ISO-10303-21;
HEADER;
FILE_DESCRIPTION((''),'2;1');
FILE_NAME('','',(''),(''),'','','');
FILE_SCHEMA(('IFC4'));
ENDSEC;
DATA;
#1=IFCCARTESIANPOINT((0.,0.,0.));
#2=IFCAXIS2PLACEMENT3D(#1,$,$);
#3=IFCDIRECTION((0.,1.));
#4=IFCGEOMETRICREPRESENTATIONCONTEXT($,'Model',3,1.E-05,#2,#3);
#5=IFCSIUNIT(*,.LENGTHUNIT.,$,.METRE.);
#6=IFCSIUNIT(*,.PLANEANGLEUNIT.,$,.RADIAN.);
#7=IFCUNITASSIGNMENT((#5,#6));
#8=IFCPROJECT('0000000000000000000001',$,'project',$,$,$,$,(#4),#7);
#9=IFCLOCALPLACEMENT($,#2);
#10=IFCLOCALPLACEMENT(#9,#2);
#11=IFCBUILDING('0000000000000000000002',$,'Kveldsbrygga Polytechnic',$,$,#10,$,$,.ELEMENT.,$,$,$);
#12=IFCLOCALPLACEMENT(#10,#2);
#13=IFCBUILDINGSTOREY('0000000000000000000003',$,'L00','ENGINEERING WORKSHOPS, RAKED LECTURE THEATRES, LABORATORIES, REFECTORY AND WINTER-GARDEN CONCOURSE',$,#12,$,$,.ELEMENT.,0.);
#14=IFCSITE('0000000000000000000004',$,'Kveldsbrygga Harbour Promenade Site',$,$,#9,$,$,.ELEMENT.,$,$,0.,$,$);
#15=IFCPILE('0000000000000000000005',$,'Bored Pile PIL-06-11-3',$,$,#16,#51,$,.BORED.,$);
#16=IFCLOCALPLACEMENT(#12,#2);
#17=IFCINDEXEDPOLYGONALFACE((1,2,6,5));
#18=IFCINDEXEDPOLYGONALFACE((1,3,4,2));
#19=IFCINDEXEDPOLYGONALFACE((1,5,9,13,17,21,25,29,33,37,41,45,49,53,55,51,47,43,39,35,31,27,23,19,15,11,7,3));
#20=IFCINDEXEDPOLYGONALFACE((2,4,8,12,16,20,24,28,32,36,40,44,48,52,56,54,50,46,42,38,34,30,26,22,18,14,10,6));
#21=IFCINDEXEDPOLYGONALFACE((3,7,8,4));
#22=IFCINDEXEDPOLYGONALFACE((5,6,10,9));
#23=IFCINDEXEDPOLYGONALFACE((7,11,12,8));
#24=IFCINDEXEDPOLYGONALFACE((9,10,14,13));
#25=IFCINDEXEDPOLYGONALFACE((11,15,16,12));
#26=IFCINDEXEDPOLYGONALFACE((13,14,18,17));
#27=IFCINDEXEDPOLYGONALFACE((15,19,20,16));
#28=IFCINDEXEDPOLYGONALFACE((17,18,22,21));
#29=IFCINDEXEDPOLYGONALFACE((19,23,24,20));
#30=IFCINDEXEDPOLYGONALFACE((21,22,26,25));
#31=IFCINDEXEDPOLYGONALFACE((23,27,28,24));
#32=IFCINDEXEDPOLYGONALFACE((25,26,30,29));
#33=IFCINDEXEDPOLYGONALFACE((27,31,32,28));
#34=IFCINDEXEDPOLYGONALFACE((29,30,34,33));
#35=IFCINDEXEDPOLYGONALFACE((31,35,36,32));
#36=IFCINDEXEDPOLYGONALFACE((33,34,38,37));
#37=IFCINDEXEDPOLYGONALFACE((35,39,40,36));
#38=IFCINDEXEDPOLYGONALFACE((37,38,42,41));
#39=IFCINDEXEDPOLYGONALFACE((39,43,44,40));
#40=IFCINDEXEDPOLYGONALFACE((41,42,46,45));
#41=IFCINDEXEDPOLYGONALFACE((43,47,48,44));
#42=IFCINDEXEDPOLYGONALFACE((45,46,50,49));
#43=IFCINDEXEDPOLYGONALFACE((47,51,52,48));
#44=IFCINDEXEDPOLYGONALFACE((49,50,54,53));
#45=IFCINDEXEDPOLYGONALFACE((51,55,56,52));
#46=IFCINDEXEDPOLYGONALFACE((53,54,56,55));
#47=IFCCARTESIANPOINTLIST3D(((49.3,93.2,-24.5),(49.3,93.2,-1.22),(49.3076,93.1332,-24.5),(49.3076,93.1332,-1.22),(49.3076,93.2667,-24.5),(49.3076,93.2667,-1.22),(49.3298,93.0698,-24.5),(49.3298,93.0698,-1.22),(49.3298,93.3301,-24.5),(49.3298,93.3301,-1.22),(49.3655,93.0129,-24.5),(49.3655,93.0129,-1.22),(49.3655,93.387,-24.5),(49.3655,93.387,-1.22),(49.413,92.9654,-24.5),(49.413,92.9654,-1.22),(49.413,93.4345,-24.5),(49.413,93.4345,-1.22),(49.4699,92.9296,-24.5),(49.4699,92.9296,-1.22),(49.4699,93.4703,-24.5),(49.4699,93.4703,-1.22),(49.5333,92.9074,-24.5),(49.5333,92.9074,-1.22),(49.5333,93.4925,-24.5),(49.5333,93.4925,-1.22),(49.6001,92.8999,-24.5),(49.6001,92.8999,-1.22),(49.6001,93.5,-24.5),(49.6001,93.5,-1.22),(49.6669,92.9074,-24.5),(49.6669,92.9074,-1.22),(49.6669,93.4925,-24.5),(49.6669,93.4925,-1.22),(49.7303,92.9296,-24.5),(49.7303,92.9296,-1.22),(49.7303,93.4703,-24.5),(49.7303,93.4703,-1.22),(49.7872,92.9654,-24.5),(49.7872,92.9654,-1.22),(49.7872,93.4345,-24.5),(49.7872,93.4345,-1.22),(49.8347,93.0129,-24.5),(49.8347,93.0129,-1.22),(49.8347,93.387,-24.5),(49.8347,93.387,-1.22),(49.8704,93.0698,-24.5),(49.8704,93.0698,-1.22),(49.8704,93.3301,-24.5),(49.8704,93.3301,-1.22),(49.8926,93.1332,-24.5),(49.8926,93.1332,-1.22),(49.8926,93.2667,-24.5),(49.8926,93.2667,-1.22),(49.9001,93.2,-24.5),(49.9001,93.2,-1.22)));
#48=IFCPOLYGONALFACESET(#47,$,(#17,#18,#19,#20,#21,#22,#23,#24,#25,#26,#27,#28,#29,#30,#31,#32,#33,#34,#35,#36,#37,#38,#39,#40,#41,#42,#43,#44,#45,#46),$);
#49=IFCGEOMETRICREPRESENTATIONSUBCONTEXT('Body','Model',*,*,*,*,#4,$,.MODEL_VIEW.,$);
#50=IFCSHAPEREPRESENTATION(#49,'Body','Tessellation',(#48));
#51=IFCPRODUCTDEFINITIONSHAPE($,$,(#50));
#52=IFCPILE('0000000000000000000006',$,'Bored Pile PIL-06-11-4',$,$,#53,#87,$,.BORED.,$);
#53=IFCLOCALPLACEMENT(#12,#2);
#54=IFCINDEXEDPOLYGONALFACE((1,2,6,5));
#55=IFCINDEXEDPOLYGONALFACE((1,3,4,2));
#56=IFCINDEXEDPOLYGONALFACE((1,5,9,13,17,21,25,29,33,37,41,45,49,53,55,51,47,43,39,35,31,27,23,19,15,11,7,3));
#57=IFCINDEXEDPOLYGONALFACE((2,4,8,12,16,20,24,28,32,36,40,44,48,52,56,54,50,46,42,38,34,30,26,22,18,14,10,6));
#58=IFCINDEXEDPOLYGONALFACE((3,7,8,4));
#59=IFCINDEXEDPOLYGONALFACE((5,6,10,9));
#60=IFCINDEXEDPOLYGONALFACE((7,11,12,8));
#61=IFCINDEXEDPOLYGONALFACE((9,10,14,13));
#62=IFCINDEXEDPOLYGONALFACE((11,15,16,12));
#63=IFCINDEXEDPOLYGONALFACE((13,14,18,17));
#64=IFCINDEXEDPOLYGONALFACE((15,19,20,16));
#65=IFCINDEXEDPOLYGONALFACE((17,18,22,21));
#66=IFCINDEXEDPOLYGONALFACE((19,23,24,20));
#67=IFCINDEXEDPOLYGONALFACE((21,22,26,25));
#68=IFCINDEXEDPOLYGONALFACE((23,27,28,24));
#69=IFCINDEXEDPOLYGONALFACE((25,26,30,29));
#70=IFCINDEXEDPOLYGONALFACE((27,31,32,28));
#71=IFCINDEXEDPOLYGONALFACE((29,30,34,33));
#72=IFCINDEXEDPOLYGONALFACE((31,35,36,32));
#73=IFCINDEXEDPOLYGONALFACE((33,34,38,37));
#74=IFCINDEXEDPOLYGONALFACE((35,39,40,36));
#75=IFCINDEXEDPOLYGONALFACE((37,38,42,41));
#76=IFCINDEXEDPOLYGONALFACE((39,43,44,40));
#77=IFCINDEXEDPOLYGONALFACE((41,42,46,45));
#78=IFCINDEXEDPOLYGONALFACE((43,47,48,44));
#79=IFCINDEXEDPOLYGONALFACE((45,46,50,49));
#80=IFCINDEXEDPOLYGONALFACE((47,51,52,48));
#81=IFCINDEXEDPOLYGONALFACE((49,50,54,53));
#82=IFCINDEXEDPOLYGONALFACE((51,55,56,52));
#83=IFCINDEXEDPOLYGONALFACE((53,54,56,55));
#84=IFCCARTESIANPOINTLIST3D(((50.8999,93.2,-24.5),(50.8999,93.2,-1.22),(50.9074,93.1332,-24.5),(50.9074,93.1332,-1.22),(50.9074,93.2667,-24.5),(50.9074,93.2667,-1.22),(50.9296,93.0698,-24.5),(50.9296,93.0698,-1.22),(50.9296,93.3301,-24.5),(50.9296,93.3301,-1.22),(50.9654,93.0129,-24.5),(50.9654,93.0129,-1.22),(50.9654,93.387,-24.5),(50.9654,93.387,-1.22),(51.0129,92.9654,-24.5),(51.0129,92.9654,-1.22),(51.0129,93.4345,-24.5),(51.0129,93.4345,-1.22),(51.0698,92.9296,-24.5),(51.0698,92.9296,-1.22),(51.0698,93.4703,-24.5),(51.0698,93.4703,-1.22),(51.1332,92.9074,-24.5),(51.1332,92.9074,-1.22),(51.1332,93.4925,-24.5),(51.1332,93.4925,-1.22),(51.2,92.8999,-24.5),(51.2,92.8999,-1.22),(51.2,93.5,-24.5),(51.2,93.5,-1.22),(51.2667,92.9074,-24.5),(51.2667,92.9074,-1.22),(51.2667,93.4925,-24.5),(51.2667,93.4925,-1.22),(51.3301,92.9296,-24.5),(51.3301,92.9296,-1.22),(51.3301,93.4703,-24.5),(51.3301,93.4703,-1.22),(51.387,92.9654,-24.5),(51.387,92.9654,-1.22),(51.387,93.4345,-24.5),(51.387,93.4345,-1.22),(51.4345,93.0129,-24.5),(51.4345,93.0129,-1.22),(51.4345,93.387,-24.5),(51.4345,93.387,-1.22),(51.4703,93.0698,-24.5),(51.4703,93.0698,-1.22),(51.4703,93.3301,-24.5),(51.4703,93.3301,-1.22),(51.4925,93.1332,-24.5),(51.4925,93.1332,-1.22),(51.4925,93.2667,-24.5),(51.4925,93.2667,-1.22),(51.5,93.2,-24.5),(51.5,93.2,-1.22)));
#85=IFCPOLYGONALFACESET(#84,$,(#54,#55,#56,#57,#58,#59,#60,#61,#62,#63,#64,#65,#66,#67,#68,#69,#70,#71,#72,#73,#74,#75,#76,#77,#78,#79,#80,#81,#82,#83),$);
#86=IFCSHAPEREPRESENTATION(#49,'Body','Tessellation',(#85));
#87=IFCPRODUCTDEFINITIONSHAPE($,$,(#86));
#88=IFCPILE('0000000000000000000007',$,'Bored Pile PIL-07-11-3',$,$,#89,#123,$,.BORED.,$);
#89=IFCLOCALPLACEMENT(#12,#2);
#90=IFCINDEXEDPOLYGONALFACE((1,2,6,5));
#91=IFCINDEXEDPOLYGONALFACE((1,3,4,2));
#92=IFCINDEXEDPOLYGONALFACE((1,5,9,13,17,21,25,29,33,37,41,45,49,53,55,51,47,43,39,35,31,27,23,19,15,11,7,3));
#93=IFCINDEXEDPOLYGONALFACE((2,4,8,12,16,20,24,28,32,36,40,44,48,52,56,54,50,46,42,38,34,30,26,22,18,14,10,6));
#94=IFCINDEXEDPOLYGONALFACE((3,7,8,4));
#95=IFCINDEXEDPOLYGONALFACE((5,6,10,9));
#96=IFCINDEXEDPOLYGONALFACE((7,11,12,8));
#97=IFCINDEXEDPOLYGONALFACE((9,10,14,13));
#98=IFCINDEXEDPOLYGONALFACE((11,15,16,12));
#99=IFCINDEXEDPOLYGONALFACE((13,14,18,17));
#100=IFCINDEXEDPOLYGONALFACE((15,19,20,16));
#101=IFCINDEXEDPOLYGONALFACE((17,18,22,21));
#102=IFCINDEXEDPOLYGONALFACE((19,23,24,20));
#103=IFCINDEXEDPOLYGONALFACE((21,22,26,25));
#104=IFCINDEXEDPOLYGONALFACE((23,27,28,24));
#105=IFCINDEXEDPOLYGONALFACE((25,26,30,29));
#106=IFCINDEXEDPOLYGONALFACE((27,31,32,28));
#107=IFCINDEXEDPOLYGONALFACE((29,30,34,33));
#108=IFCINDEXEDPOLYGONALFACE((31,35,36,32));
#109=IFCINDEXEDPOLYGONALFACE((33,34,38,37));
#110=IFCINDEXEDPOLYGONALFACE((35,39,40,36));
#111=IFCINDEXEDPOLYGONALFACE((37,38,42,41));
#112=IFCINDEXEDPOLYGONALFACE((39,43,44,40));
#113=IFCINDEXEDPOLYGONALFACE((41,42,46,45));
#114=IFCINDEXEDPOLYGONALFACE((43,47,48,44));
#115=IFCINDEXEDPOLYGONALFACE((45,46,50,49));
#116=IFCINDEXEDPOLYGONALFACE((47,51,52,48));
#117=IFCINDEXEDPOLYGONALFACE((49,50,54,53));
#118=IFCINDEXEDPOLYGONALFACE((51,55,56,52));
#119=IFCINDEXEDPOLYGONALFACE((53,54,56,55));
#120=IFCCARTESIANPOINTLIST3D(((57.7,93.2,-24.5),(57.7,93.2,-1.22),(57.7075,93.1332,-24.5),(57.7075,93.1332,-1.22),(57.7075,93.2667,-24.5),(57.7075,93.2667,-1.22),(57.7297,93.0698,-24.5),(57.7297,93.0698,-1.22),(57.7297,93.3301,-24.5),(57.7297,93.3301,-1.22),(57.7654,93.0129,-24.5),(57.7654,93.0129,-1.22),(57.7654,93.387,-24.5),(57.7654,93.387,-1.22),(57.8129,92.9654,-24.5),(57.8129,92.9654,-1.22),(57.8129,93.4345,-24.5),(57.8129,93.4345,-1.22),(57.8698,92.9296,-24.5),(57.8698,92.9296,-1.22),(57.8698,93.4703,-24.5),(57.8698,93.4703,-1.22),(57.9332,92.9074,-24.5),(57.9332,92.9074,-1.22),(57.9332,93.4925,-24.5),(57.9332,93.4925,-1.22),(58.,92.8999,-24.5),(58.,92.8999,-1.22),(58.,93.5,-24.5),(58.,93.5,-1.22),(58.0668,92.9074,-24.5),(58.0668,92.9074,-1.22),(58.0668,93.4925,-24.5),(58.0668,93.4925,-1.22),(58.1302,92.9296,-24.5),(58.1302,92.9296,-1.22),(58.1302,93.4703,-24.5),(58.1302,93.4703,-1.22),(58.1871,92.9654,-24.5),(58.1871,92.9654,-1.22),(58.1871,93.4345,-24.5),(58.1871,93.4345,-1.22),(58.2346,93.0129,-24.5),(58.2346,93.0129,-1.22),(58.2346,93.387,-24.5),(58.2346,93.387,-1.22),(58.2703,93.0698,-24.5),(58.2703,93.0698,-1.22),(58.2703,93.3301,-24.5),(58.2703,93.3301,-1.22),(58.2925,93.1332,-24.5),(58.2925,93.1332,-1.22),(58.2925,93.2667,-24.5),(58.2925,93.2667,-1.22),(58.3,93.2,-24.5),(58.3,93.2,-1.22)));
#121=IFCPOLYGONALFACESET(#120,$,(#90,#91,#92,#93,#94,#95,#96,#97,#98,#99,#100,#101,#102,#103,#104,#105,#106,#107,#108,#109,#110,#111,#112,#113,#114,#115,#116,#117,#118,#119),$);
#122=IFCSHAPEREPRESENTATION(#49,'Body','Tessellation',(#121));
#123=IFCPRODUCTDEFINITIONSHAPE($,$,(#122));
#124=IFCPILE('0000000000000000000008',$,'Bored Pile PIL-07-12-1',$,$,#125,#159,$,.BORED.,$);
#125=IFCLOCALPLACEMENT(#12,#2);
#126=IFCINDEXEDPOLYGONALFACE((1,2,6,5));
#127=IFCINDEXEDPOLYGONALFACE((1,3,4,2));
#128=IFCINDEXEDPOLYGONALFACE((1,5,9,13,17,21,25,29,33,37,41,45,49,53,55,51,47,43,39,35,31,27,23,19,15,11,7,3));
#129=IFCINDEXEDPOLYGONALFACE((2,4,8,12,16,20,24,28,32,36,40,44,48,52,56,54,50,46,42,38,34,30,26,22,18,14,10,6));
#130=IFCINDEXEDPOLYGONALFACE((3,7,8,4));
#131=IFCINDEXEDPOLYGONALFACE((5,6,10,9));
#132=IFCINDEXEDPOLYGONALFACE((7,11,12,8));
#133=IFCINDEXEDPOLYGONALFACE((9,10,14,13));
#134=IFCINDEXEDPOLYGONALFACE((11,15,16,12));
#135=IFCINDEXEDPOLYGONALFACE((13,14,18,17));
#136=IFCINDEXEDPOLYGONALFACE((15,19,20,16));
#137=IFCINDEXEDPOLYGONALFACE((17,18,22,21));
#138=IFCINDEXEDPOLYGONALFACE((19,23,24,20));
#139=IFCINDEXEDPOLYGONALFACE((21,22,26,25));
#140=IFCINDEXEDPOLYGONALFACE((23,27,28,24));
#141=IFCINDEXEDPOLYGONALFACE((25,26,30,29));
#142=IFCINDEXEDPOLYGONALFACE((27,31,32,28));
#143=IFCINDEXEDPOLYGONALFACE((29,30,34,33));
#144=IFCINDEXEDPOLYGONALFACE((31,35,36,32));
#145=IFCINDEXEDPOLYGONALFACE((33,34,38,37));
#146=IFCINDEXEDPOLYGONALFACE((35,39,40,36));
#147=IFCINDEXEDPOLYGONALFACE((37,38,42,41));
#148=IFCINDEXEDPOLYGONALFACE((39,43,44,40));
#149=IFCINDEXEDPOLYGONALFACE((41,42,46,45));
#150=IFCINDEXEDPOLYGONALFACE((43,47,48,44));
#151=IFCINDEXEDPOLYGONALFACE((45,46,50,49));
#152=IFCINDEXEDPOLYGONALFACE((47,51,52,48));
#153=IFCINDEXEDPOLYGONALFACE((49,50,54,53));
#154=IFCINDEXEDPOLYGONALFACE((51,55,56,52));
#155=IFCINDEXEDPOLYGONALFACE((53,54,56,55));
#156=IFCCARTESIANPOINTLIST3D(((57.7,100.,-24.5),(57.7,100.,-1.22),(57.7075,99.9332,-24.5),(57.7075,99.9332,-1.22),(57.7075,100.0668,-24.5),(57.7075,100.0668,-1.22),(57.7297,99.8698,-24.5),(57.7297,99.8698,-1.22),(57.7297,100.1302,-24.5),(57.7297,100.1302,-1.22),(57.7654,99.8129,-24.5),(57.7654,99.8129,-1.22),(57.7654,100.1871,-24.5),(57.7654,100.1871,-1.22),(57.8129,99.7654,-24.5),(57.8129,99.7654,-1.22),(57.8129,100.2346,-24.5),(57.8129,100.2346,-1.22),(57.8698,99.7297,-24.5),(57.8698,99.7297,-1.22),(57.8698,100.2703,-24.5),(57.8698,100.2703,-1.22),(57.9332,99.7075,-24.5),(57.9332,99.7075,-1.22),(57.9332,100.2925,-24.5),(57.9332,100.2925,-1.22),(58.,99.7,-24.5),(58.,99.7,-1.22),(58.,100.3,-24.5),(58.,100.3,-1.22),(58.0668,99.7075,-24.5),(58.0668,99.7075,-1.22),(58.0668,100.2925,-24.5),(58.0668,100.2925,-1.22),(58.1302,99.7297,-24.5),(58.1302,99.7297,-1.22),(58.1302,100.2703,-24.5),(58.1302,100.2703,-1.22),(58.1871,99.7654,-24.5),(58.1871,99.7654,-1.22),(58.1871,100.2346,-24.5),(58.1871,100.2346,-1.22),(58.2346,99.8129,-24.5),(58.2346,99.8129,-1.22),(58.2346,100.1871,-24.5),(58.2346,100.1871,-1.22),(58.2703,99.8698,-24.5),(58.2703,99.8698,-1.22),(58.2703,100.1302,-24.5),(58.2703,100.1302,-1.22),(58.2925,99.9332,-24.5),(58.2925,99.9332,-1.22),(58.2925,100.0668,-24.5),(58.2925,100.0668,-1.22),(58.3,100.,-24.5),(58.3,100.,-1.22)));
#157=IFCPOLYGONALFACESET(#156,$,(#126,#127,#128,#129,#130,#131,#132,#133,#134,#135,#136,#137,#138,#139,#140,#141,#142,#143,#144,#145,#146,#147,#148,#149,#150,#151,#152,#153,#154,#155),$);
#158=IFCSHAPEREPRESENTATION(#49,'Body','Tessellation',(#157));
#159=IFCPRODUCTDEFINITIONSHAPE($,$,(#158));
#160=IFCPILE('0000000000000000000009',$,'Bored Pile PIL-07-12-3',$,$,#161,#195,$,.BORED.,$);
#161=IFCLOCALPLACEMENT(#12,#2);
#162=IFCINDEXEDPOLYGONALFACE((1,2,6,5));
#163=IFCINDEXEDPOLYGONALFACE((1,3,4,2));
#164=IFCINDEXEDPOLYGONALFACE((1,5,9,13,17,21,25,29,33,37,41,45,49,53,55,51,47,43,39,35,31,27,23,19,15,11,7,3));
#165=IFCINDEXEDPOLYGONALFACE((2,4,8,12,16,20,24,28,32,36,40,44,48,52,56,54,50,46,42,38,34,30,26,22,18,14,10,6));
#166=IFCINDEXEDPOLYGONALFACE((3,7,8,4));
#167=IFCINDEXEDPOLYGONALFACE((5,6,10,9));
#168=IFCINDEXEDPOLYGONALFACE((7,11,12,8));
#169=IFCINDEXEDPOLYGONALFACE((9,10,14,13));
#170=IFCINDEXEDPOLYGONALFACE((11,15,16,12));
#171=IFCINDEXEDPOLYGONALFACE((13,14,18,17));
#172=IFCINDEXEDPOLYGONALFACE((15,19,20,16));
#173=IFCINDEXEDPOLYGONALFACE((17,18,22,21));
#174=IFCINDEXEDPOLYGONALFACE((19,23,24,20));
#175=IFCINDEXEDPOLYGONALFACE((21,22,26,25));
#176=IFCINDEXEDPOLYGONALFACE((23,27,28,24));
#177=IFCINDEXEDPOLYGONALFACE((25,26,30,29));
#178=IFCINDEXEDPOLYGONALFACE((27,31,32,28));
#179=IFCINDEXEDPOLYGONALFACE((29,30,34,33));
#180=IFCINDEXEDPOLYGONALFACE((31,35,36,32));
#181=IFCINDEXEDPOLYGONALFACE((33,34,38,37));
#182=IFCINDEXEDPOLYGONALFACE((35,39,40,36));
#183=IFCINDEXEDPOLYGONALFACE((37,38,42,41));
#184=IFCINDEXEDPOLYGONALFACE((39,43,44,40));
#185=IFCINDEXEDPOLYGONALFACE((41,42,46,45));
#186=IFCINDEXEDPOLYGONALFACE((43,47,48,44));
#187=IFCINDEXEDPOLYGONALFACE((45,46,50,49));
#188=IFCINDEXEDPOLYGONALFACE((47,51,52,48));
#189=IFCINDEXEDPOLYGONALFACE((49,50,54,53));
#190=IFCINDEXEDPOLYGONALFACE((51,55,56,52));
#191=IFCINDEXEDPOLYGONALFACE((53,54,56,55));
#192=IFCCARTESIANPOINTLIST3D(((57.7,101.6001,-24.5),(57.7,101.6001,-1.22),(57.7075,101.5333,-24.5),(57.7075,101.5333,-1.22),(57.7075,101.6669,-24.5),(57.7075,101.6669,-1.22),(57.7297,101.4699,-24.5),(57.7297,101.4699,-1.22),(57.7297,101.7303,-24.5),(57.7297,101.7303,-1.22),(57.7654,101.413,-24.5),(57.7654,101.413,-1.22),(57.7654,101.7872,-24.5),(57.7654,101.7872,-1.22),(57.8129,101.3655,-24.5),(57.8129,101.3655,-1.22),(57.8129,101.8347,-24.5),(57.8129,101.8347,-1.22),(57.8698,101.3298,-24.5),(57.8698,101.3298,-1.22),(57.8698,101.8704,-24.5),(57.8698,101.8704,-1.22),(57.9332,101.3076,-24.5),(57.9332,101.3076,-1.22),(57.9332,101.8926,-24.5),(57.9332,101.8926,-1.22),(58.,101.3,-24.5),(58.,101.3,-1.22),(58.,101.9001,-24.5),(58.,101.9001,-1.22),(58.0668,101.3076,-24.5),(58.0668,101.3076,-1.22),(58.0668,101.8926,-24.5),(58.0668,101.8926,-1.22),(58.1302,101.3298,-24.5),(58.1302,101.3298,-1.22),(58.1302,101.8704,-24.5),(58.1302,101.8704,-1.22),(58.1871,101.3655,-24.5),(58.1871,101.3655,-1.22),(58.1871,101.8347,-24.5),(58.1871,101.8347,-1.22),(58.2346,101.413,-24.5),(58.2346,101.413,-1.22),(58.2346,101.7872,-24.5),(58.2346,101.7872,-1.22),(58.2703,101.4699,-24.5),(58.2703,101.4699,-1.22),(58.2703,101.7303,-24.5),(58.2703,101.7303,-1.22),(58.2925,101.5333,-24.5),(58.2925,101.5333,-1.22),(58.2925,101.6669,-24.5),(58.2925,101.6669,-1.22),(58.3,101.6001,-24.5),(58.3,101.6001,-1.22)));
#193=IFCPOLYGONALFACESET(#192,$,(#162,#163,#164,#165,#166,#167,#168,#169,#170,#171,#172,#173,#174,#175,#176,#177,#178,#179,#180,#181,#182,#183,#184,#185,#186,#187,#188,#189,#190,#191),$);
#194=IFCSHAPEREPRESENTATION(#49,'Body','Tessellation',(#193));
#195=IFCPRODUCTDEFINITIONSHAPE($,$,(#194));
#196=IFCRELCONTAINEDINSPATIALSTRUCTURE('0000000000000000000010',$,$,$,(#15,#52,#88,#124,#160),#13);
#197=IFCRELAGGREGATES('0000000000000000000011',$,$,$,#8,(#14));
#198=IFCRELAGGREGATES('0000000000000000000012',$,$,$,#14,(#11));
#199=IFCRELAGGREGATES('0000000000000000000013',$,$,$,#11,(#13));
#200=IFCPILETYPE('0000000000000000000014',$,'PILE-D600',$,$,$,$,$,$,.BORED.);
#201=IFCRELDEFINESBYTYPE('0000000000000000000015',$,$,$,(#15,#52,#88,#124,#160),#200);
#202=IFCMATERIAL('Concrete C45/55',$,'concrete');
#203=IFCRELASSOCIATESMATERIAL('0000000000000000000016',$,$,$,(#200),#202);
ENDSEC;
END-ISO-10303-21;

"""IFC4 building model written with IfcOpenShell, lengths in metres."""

from ifc_helpers import new_model, si_unit, direction, frame, origin, origin_2d, place, context, subcontext, project, spatial, circle, extrude, material, material_profile, profile_set, type_object, element, save


model = new_model("IFC4")

# Units and contexts
model_context = context("Model", 3, precision=1e-05, world=origin(), true_north=direction((0.0, 1.0)))
body_context = subcontext(model_context, "Body", "Model", "MODEL_VIEW")
ifc_project = project(units=[si_unit("LENGTHUNIT", "METRE"), si_unit("PLANEANGLEUNIT", "RADIAN")], contexts=[model_context])

# Site, building, storey
site_placement = place(None, origin())
site = spatial("IfcSite", under=ifc_project, at=site_placement, Name="Kveldsbrygga Harbour Promenade Site", CompositionType="ELEMENT", RefElevation=0.0)
building_placement = place(site_placement, origin())
building = spatial("IfcBuilding", under=site, at=building_placement, Name="Kveldsbrygga Polytechnic", CompositionType="ELEMENT")
storey_placement = place(building_placement, origin())
storey = spatial("IfcBuildingStorey", under=building, at=storey_placement, Name="L00", Description="ENGINEERING WORKSHOPS, RAKED LECTURE THEATRES, LABORATORIES, REFECTORY AND WINTER-GARDEN CONCOURSE", CompositionType="ELEMENT", Elevation=0.0)

# Shared definitions
ifc_material_1 = material(Name="Concrete C45/55", Category="concrete")

# Piles
ifc_material_profile_1 = material_profile(ifc_material_1, circle(Radius=0.3, at=origin_2d()), Name="PILE D600")
ifc_profile_set_1 = profile_set([ifc_material_profile_1], Name="Concrete C45/55")
pile_type = type_object("IfcPileType", Name="PILE-D600", PredefinedType="BORED", material=ifc_profile_set_1)
for number, where, z_axis, x_axis, name in (
    (1, (49.6001, 93.2, -1.22), (0.0, 0.0, -1.0), (1.0, 0.0, 0.0), "Bored Pile PIL-06-11-3"),
    (2, (51.2, 93.2, -1.22), (0.0, 0.0, -1.0), (1.0, 0.0, 0.0), "Bored Pile PIL-06-11-4"),
    (3, (58.0, 93.2, -1.22), (0.0, 0.0, -1.0), (1.0, 0.0, 0.0), "Bored Pile PIL-07-11-3"),
    (4, (58.0, 100.0, -1.22), (0.0, 0.0, -1.0), (1.0, 0.0, 0.0), "Bored Pile PIL-07-12-1"),
    (5, (58.0, 101.6001, -1.22), (0.0, 0.0, -1.0), (1.0, 0.0, 0.0), "Bored Pile PIL-07-12-3"),
):
    element("IfcPile", number, at=place(storey_placement, frame(where, z_axis=z_axis, x_axis=x_axis)), inside=storey, type_object=pile_type, Name=name, PredefinedType="BORED", context=body_context, shape_type="SweptSolid", body=[
        extrude(circle(Radius=0.3, at=origin_2d()), origin(), (0.0, 0.0, 1.0), 23.28),
    ])

save(model, "model.ifc")
